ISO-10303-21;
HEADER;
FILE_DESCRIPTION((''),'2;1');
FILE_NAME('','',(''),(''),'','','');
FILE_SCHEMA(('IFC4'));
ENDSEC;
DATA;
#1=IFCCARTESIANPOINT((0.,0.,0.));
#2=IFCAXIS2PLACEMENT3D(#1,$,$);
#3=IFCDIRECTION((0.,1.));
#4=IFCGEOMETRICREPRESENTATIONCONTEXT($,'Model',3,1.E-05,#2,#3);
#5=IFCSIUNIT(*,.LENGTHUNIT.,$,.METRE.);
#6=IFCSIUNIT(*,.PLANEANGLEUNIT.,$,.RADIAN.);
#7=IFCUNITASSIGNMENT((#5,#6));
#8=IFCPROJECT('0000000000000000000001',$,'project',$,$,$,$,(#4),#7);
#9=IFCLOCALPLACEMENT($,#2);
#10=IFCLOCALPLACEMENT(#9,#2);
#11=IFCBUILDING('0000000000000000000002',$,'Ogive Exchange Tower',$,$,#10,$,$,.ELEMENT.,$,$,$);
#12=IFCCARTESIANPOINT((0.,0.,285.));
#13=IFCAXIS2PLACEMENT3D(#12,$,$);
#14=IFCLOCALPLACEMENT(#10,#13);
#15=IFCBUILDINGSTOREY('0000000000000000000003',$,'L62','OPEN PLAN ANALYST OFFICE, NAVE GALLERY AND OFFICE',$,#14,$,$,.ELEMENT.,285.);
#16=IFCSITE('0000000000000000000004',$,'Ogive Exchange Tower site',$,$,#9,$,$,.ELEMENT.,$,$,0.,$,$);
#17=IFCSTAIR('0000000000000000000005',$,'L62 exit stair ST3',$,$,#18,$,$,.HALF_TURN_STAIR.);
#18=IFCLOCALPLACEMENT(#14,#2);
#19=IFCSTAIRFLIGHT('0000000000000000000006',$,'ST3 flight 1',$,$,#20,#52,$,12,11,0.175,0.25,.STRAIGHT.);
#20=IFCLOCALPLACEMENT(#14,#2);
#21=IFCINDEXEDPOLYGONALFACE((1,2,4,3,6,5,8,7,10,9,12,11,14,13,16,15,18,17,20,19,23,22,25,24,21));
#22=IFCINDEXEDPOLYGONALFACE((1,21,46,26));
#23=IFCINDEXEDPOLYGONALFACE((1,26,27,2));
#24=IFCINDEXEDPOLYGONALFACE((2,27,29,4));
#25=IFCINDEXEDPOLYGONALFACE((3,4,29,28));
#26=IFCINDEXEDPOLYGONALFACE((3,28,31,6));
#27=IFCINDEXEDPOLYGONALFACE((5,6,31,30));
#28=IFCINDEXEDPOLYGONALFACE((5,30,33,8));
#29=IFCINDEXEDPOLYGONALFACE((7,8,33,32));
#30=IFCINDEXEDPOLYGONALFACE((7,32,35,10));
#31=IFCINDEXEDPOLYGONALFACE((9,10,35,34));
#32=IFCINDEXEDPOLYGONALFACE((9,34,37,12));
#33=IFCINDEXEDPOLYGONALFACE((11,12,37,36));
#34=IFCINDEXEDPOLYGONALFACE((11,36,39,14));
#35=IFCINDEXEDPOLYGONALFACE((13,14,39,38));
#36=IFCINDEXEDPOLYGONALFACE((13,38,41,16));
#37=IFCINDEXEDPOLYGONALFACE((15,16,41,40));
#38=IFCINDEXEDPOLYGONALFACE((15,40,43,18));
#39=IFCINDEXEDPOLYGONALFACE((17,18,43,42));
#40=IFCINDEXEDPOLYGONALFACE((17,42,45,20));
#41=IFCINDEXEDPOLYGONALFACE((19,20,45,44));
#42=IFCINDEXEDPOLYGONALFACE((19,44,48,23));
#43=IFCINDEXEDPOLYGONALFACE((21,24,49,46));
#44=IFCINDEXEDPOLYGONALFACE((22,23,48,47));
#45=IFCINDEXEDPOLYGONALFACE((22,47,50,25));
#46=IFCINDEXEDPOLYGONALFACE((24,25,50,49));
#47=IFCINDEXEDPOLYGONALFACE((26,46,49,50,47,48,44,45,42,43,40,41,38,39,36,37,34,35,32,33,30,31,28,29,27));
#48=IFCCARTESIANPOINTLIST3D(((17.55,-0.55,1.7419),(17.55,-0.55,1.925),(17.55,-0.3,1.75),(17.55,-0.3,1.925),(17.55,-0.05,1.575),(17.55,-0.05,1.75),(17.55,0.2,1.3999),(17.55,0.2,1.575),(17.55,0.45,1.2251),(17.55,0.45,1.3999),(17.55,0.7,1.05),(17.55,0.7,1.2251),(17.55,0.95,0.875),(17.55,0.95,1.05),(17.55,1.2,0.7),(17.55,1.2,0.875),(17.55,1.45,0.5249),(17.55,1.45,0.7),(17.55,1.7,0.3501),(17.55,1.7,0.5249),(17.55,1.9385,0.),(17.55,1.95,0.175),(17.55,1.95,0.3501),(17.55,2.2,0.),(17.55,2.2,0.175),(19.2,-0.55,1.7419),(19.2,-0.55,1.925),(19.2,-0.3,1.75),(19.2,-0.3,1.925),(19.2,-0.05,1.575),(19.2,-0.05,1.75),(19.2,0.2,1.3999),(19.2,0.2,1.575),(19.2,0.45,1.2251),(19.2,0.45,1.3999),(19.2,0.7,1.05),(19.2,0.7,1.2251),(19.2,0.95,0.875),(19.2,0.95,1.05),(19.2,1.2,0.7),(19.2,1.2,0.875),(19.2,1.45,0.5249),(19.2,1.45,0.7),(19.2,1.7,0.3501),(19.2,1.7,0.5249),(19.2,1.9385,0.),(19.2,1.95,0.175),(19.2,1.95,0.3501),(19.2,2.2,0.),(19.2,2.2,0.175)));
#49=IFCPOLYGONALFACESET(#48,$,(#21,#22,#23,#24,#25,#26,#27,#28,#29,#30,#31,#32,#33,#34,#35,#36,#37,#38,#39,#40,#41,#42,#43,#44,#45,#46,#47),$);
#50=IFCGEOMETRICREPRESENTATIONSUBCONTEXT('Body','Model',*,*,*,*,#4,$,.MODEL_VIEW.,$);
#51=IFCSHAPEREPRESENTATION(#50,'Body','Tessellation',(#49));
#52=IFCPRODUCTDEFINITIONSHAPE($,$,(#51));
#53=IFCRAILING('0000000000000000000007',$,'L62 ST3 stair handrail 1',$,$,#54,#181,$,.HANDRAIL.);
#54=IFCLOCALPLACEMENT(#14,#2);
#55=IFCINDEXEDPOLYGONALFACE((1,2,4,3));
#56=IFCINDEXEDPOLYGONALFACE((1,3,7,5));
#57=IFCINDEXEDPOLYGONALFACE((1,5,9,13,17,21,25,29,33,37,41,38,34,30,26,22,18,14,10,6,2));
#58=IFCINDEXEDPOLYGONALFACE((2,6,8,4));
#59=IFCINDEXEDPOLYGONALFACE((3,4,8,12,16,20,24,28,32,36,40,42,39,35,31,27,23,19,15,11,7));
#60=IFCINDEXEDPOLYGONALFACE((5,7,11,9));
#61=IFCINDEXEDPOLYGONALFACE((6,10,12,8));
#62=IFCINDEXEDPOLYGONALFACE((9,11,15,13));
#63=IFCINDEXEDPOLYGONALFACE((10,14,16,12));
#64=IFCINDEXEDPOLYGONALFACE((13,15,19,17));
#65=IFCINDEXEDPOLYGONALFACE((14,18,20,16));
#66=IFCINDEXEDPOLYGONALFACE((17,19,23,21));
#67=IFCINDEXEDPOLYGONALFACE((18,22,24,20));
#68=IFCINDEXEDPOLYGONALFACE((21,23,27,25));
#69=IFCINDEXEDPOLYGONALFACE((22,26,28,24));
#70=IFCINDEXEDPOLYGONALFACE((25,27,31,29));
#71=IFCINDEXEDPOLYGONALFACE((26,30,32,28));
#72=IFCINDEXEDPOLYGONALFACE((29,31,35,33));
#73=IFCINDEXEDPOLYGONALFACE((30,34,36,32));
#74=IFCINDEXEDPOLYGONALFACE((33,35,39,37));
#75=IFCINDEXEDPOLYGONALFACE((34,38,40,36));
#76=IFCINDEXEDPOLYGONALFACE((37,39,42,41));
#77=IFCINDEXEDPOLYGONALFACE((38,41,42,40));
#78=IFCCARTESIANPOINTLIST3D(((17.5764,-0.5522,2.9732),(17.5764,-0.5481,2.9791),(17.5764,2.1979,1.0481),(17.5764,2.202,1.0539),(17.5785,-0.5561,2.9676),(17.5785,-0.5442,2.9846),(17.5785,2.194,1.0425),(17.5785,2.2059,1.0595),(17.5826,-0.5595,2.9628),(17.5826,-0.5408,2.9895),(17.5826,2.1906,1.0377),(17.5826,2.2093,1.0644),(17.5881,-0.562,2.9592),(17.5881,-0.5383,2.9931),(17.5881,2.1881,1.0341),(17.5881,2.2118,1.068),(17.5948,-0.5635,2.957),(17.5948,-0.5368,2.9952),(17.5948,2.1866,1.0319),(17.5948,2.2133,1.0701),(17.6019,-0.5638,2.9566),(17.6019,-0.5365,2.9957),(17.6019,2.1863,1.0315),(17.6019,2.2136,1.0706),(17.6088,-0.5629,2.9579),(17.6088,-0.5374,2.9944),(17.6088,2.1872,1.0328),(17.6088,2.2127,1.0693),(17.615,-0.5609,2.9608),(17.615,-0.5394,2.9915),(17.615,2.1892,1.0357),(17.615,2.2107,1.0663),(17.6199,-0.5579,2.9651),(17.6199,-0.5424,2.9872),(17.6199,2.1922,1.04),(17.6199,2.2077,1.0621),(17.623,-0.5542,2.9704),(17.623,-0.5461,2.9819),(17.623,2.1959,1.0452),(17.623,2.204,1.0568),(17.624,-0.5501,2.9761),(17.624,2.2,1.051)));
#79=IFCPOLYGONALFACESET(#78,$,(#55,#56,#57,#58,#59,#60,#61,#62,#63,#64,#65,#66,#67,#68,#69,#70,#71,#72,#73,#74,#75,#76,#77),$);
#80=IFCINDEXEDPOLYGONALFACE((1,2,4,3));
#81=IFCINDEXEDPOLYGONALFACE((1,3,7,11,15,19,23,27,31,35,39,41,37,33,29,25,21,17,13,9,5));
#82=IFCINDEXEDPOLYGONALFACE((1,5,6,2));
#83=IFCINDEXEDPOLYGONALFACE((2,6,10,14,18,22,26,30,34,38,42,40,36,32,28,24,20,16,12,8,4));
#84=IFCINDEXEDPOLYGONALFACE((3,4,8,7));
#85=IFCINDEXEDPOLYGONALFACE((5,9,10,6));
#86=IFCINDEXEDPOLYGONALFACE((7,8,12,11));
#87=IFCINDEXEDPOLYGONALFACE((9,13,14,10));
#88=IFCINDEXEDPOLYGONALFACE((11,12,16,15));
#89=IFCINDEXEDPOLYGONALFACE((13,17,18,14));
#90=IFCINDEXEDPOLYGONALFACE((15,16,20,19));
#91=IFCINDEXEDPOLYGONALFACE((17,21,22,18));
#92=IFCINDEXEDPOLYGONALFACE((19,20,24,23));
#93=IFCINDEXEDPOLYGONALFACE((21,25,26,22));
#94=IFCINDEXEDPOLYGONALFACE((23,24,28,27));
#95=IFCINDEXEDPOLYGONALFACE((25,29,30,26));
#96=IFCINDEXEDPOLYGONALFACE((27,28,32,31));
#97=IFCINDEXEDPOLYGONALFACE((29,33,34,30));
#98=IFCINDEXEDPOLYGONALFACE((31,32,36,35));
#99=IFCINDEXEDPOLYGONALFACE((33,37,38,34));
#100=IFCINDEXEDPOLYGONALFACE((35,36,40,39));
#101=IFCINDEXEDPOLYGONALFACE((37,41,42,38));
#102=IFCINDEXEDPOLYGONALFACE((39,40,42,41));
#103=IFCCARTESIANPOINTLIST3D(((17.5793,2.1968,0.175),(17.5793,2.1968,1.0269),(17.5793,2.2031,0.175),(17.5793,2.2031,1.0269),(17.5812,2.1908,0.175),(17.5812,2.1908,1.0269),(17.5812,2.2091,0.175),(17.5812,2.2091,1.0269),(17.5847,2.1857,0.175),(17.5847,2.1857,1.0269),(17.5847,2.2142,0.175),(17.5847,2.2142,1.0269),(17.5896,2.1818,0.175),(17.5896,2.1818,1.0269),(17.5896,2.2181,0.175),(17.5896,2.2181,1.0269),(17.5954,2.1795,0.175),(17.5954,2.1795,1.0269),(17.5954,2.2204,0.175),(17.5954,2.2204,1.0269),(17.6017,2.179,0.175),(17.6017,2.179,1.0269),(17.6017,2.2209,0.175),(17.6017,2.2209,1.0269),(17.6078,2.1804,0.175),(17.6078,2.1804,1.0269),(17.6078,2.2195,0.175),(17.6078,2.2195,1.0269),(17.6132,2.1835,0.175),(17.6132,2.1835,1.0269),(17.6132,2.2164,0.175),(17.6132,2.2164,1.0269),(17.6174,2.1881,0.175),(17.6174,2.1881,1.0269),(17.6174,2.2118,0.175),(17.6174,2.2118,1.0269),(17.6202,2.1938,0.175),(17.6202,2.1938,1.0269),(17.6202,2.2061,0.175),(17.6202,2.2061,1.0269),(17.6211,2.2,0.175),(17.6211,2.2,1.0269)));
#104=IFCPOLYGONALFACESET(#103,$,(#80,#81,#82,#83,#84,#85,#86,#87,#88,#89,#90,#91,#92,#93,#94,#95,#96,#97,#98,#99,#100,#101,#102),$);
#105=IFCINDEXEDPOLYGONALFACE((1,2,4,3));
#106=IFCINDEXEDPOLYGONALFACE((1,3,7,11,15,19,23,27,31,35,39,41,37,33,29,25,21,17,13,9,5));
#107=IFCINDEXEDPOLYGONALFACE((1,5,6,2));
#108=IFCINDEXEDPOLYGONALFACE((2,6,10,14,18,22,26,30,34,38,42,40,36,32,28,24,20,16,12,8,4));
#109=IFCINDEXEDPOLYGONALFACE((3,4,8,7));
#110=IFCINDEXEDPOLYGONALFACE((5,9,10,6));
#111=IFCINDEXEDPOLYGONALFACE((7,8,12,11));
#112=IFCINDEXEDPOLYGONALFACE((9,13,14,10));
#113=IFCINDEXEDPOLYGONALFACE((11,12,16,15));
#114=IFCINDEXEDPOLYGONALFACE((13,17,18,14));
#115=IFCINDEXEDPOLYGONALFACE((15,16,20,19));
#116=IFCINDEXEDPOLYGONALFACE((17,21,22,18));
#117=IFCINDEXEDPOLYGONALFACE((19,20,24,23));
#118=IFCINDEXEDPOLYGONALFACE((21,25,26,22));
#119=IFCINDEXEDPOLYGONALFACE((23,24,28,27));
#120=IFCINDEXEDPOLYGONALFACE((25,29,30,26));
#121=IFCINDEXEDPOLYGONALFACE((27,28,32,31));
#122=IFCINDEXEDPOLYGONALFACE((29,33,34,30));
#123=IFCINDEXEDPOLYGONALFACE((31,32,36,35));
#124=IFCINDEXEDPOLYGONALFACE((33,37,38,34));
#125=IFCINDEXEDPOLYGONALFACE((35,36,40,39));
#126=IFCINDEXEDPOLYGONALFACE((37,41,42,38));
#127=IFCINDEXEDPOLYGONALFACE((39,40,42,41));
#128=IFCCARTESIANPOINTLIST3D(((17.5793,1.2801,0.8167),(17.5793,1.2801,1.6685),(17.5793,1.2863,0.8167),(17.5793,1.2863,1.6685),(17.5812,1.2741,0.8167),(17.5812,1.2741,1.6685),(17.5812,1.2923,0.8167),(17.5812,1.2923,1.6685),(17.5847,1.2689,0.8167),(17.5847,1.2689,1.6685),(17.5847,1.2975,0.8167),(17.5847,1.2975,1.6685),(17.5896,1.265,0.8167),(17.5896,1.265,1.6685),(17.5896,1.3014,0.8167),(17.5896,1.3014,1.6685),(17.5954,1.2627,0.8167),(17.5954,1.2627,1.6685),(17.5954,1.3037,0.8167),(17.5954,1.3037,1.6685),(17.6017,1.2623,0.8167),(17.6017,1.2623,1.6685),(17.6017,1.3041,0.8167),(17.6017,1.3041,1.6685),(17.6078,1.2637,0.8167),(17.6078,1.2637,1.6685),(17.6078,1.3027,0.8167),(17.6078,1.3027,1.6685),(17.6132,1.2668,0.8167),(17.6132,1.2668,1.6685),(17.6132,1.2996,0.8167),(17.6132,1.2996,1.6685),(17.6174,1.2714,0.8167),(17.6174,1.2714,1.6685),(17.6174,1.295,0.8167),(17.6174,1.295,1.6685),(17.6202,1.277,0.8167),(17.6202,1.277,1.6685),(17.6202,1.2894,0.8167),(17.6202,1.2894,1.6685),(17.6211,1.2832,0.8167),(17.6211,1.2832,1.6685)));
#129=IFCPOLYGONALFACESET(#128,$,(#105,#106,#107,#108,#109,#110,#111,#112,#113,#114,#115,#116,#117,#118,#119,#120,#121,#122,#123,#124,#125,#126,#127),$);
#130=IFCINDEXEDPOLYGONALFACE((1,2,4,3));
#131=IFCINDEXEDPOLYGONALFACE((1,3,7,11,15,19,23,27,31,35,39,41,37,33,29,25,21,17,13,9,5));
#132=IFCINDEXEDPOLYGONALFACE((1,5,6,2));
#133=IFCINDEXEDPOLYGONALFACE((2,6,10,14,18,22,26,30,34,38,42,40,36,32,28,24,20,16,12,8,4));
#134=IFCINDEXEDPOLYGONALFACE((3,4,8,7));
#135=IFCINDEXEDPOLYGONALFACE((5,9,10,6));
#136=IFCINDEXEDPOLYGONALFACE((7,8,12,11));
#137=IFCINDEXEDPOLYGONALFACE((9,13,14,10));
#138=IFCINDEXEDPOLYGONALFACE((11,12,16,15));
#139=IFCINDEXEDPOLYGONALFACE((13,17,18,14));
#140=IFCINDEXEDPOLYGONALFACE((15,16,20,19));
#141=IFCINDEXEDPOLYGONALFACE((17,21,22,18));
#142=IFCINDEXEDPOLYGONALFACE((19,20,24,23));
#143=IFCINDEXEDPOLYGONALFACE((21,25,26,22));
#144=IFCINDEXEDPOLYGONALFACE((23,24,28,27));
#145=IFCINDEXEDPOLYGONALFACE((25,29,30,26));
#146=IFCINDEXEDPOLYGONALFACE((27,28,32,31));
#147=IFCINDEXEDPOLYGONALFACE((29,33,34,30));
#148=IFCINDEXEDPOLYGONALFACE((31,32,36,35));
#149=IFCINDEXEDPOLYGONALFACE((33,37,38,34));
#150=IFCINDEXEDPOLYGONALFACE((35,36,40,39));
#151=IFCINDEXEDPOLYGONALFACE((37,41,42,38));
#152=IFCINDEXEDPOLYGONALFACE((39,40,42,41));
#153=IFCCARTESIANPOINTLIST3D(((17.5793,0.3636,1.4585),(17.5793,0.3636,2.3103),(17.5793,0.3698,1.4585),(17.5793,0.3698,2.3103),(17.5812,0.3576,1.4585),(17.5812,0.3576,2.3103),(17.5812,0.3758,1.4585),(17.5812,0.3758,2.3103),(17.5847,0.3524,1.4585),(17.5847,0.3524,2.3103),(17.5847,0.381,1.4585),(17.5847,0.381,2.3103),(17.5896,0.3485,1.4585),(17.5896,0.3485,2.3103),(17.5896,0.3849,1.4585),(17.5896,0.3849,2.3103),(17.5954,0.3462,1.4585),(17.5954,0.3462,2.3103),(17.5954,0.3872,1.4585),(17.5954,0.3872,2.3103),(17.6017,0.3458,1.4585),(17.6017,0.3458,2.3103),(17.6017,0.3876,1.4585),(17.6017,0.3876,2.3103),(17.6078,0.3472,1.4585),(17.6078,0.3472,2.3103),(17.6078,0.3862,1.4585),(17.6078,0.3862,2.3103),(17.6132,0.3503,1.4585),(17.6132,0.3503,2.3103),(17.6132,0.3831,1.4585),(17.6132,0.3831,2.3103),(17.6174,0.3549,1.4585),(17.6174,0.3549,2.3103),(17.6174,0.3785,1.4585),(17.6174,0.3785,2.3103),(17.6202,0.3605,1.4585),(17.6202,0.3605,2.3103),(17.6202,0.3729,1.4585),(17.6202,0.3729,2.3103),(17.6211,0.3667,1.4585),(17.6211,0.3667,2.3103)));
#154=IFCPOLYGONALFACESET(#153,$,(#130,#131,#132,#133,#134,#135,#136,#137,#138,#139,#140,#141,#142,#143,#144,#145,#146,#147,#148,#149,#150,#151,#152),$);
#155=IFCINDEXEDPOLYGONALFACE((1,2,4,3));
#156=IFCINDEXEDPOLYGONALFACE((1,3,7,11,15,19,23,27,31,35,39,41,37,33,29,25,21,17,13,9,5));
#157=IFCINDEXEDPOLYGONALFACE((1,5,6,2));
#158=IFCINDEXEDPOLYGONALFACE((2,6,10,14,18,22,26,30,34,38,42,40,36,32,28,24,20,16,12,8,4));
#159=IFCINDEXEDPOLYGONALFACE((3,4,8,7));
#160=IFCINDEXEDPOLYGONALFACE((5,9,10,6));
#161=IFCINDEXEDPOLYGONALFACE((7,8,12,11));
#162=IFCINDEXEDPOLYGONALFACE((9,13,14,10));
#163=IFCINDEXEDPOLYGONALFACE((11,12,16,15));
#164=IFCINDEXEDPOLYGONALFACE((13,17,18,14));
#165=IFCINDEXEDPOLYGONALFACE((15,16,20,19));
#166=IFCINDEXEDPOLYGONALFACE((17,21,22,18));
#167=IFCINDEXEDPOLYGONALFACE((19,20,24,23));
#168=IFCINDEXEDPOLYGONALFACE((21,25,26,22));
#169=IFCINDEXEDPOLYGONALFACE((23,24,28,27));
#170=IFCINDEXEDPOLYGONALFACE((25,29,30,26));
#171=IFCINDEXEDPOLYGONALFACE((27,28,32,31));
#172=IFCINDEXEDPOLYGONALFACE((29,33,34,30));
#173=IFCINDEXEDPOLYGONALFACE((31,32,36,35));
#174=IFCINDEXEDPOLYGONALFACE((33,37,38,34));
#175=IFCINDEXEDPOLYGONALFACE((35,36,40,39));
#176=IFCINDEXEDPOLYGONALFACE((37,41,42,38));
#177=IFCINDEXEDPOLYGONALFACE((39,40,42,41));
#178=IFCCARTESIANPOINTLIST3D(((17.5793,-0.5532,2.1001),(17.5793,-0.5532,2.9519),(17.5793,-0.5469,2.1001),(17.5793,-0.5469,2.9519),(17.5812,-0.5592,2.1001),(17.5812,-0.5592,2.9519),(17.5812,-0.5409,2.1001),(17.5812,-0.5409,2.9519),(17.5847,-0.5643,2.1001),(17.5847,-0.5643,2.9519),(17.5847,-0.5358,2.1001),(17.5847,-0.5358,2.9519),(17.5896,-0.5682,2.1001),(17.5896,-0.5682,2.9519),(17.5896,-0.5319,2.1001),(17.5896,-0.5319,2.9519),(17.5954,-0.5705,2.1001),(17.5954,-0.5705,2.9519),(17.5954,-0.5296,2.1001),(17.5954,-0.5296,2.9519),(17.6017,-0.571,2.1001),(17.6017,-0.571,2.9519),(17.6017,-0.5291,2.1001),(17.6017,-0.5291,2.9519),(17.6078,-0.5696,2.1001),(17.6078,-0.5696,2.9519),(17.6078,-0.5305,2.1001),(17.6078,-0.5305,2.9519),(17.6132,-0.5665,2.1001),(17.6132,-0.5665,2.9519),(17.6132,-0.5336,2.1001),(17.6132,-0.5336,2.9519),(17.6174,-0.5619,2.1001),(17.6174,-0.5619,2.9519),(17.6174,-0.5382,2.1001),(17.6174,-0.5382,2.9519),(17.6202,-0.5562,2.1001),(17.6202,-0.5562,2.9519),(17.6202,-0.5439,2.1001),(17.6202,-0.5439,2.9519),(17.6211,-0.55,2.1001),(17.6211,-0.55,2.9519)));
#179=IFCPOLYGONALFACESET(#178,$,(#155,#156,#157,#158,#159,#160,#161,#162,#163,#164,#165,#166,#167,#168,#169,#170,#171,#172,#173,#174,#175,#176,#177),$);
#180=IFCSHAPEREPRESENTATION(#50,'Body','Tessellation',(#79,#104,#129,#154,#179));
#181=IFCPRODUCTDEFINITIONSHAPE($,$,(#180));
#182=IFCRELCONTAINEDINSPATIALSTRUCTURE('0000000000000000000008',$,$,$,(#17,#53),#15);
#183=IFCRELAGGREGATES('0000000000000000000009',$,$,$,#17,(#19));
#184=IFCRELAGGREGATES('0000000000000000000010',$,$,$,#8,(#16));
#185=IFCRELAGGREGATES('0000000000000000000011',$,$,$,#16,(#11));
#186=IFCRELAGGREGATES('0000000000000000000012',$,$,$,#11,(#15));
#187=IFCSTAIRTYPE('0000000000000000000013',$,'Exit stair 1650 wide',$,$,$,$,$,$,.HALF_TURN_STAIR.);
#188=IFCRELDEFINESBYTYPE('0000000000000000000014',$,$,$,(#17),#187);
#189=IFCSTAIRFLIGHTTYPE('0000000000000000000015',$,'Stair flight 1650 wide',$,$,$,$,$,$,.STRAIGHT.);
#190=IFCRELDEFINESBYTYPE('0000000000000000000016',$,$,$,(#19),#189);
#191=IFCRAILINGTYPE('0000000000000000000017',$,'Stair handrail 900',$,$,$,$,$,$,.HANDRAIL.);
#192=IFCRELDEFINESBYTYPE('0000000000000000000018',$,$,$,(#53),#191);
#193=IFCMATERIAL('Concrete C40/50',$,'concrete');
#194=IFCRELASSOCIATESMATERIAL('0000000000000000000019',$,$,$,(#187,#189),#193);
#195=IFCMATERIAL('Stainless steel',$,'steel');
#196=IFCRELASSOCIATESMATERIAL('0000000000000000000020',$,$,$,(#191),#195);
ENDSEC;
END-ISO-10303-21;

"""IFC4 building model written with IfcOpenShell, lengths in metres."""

from ifc_helpers import new_model, si_unit, direction, frame, origin, origin_2d, place, context, subcontext, project, spatial, polyline, circle, outline, extrude, material, type_object, element, aggregate, save


model = new_model("IFC4")

# Units and contexts
model_context = context("Model", 3, precision=1e-05, world=origin(), true_north=direction((0.0, 1.0)))
body_context = subcontext(model_context, "Body", "Model", "MODEL_VIEW")
ifc_project = project(units=[si_unit("LENGTHUNIT", "METRE"), si_unit("PLANEANGLEUNIT", "RADIAN")], contexts=[model_context])

# Site, building, storey
site_placement = place(None, origin())
site = spatial("IfcSite", under=ifc_project, at=site_placement, Name="Ogive Exchange Tower site", CompositionType="ELEMENT", RefElevation=0.0)
building_placement = place(site_placement, origin())
building = spatial("IfcBuilding", under=site, at=building_placement, Name="Ogive Exchange Tower", CompositionType="ELEMENT")
storey_placement = place(building_placement, frame((0.0, 0.0, 285.0)))
storey = spatial("IfcBuildingStorey", under=building, at=storey_placement, Name="L62", Description="OPEN PLAN ANALYST OFFICE, NAVE GALLERY AND OFFICE", CompositionType="ELEMENT", Elevation=285.0)

# Shared definitions
ifc_material_1 = material(Name="Stainless steel", Category="steel")

# Stair, stair flight
ifc_material_2 = material(Name="Concrete C40/50", Category="concrete")
stair_type = type_object("IfcStairType", Name="Exit stair 1650 wide", PredefinedType="HALF_TURN_STAIR", material=ifc_material_2)
stair_placement = place(storey_placement, origin())
stair = element("IfcStair", 1, at=stair_placement, inside=storey, type_object=stair_type, Name="L62 exit stair ST3", PredefinedType="HALF_TURN_STAIR")
stair_flight_type = type_object("IfcStairFlightType", Name="Stair flight 1650 wide", PredefinedType="STRAIGHT", material=ifc_material_2)
stair_flight_placement = place(storey_placement, frame((18.375, 2.2, 0.0), z_axis=(0.0, 0.0, 1.0), x_axis=(0.0, -1.0, 0.0)))
stair_flight = element("IfcStairFlight", 2, at=stair_flight_placement, type_object=stair_flight_type, Name="ST3 flight 1", NumberOfRisers=12, NumberOfTreads=11, PredefinedType="STRAIGHT", RiserHeight=0.175, TreadLength=0.25, context=body_context, shape_type="SweptSolid", body=[
    extrude(outline(polyline([(0.0, 0.0), (0.0, 0.175), (0.25, 0.175), (0.25, 0.3501), (0.5, 0.3501), (0.5, 0.5249), (0.75, 0.5249), (0.75, 0.7), (1.0, 0.7), (1.0, 0.875), (1.25, 0.875), (1.25, 1.05), (1.5, 1.05), (1.5, 1.2251), (1.75, 1.2251), (1.75, 1.3999), (2.0, 1.3999), (2.0, 1.575), (2.25, 1.575), (2.25, 1.75), (2.5, 1.75), (2.5, 1.925), (2.75, 1.925), (2.75, 2.1001), (2.75, 1.7419), (0.2615, 0.0), (0.0, 0.0)])), frame((0.0, 0.825, 0.0), z_axis=(0.0, -1.0, 0.0), x_axis=(1.0, 0.0, 0.0)), (0.0, 0.0, 1.0), 1.6499),
])
aggregate(stair, [stair_flight])

# Railing
railing_type = type_object("IfcRailingType", Name="Stair handrail 900", PredefinedType="HANDRAIL", material=ifc_material_1)
railing_placement = place(storey_placement, frame((17.6001, 2.2, 0.175)))
element("IfcRailing", 3, at=railing_placement, inside=storey, type_object=railing_type, Name="L62 ST3 stair handrail 1", PredefinedType="HANDRAIL", context=body_context, shape_type="SweptSolid", body=[
    extrude(circle(Radius=0.0239, at=origin_2d()), frame((0.0, 0.0, 0.876), z_axis=(0.0, -0.819225, 0.573472), x_axis=(1.0, 0.0, 0.0)), (0.0, 0.0, 1.0), 3.3569),
    extrude(circle(Radius=0.021, at=origin_2d()), origin(), (0.0, 0.0, 1.0), 0.8518),
    extrude(circle(Radius=0.021, at=origin_2d()), frame((0.0, -0.9167, 0.6416)), (0.0, 0.0, 1.0), 0.8518),
    extrude(circle(Radius=0.021, at=origin_2d()), frame((0.0, -1.8333, 1.2834)), (0.0, 0.0, 1.0), 0.8518),
    extrude(circle(Radius=0.021, at=origin_2d()), frame((0.0, -2.75, 1.925)), (0.0, 0.0, 1.0), 0.8518),
])

save(model, "model.ifc")
